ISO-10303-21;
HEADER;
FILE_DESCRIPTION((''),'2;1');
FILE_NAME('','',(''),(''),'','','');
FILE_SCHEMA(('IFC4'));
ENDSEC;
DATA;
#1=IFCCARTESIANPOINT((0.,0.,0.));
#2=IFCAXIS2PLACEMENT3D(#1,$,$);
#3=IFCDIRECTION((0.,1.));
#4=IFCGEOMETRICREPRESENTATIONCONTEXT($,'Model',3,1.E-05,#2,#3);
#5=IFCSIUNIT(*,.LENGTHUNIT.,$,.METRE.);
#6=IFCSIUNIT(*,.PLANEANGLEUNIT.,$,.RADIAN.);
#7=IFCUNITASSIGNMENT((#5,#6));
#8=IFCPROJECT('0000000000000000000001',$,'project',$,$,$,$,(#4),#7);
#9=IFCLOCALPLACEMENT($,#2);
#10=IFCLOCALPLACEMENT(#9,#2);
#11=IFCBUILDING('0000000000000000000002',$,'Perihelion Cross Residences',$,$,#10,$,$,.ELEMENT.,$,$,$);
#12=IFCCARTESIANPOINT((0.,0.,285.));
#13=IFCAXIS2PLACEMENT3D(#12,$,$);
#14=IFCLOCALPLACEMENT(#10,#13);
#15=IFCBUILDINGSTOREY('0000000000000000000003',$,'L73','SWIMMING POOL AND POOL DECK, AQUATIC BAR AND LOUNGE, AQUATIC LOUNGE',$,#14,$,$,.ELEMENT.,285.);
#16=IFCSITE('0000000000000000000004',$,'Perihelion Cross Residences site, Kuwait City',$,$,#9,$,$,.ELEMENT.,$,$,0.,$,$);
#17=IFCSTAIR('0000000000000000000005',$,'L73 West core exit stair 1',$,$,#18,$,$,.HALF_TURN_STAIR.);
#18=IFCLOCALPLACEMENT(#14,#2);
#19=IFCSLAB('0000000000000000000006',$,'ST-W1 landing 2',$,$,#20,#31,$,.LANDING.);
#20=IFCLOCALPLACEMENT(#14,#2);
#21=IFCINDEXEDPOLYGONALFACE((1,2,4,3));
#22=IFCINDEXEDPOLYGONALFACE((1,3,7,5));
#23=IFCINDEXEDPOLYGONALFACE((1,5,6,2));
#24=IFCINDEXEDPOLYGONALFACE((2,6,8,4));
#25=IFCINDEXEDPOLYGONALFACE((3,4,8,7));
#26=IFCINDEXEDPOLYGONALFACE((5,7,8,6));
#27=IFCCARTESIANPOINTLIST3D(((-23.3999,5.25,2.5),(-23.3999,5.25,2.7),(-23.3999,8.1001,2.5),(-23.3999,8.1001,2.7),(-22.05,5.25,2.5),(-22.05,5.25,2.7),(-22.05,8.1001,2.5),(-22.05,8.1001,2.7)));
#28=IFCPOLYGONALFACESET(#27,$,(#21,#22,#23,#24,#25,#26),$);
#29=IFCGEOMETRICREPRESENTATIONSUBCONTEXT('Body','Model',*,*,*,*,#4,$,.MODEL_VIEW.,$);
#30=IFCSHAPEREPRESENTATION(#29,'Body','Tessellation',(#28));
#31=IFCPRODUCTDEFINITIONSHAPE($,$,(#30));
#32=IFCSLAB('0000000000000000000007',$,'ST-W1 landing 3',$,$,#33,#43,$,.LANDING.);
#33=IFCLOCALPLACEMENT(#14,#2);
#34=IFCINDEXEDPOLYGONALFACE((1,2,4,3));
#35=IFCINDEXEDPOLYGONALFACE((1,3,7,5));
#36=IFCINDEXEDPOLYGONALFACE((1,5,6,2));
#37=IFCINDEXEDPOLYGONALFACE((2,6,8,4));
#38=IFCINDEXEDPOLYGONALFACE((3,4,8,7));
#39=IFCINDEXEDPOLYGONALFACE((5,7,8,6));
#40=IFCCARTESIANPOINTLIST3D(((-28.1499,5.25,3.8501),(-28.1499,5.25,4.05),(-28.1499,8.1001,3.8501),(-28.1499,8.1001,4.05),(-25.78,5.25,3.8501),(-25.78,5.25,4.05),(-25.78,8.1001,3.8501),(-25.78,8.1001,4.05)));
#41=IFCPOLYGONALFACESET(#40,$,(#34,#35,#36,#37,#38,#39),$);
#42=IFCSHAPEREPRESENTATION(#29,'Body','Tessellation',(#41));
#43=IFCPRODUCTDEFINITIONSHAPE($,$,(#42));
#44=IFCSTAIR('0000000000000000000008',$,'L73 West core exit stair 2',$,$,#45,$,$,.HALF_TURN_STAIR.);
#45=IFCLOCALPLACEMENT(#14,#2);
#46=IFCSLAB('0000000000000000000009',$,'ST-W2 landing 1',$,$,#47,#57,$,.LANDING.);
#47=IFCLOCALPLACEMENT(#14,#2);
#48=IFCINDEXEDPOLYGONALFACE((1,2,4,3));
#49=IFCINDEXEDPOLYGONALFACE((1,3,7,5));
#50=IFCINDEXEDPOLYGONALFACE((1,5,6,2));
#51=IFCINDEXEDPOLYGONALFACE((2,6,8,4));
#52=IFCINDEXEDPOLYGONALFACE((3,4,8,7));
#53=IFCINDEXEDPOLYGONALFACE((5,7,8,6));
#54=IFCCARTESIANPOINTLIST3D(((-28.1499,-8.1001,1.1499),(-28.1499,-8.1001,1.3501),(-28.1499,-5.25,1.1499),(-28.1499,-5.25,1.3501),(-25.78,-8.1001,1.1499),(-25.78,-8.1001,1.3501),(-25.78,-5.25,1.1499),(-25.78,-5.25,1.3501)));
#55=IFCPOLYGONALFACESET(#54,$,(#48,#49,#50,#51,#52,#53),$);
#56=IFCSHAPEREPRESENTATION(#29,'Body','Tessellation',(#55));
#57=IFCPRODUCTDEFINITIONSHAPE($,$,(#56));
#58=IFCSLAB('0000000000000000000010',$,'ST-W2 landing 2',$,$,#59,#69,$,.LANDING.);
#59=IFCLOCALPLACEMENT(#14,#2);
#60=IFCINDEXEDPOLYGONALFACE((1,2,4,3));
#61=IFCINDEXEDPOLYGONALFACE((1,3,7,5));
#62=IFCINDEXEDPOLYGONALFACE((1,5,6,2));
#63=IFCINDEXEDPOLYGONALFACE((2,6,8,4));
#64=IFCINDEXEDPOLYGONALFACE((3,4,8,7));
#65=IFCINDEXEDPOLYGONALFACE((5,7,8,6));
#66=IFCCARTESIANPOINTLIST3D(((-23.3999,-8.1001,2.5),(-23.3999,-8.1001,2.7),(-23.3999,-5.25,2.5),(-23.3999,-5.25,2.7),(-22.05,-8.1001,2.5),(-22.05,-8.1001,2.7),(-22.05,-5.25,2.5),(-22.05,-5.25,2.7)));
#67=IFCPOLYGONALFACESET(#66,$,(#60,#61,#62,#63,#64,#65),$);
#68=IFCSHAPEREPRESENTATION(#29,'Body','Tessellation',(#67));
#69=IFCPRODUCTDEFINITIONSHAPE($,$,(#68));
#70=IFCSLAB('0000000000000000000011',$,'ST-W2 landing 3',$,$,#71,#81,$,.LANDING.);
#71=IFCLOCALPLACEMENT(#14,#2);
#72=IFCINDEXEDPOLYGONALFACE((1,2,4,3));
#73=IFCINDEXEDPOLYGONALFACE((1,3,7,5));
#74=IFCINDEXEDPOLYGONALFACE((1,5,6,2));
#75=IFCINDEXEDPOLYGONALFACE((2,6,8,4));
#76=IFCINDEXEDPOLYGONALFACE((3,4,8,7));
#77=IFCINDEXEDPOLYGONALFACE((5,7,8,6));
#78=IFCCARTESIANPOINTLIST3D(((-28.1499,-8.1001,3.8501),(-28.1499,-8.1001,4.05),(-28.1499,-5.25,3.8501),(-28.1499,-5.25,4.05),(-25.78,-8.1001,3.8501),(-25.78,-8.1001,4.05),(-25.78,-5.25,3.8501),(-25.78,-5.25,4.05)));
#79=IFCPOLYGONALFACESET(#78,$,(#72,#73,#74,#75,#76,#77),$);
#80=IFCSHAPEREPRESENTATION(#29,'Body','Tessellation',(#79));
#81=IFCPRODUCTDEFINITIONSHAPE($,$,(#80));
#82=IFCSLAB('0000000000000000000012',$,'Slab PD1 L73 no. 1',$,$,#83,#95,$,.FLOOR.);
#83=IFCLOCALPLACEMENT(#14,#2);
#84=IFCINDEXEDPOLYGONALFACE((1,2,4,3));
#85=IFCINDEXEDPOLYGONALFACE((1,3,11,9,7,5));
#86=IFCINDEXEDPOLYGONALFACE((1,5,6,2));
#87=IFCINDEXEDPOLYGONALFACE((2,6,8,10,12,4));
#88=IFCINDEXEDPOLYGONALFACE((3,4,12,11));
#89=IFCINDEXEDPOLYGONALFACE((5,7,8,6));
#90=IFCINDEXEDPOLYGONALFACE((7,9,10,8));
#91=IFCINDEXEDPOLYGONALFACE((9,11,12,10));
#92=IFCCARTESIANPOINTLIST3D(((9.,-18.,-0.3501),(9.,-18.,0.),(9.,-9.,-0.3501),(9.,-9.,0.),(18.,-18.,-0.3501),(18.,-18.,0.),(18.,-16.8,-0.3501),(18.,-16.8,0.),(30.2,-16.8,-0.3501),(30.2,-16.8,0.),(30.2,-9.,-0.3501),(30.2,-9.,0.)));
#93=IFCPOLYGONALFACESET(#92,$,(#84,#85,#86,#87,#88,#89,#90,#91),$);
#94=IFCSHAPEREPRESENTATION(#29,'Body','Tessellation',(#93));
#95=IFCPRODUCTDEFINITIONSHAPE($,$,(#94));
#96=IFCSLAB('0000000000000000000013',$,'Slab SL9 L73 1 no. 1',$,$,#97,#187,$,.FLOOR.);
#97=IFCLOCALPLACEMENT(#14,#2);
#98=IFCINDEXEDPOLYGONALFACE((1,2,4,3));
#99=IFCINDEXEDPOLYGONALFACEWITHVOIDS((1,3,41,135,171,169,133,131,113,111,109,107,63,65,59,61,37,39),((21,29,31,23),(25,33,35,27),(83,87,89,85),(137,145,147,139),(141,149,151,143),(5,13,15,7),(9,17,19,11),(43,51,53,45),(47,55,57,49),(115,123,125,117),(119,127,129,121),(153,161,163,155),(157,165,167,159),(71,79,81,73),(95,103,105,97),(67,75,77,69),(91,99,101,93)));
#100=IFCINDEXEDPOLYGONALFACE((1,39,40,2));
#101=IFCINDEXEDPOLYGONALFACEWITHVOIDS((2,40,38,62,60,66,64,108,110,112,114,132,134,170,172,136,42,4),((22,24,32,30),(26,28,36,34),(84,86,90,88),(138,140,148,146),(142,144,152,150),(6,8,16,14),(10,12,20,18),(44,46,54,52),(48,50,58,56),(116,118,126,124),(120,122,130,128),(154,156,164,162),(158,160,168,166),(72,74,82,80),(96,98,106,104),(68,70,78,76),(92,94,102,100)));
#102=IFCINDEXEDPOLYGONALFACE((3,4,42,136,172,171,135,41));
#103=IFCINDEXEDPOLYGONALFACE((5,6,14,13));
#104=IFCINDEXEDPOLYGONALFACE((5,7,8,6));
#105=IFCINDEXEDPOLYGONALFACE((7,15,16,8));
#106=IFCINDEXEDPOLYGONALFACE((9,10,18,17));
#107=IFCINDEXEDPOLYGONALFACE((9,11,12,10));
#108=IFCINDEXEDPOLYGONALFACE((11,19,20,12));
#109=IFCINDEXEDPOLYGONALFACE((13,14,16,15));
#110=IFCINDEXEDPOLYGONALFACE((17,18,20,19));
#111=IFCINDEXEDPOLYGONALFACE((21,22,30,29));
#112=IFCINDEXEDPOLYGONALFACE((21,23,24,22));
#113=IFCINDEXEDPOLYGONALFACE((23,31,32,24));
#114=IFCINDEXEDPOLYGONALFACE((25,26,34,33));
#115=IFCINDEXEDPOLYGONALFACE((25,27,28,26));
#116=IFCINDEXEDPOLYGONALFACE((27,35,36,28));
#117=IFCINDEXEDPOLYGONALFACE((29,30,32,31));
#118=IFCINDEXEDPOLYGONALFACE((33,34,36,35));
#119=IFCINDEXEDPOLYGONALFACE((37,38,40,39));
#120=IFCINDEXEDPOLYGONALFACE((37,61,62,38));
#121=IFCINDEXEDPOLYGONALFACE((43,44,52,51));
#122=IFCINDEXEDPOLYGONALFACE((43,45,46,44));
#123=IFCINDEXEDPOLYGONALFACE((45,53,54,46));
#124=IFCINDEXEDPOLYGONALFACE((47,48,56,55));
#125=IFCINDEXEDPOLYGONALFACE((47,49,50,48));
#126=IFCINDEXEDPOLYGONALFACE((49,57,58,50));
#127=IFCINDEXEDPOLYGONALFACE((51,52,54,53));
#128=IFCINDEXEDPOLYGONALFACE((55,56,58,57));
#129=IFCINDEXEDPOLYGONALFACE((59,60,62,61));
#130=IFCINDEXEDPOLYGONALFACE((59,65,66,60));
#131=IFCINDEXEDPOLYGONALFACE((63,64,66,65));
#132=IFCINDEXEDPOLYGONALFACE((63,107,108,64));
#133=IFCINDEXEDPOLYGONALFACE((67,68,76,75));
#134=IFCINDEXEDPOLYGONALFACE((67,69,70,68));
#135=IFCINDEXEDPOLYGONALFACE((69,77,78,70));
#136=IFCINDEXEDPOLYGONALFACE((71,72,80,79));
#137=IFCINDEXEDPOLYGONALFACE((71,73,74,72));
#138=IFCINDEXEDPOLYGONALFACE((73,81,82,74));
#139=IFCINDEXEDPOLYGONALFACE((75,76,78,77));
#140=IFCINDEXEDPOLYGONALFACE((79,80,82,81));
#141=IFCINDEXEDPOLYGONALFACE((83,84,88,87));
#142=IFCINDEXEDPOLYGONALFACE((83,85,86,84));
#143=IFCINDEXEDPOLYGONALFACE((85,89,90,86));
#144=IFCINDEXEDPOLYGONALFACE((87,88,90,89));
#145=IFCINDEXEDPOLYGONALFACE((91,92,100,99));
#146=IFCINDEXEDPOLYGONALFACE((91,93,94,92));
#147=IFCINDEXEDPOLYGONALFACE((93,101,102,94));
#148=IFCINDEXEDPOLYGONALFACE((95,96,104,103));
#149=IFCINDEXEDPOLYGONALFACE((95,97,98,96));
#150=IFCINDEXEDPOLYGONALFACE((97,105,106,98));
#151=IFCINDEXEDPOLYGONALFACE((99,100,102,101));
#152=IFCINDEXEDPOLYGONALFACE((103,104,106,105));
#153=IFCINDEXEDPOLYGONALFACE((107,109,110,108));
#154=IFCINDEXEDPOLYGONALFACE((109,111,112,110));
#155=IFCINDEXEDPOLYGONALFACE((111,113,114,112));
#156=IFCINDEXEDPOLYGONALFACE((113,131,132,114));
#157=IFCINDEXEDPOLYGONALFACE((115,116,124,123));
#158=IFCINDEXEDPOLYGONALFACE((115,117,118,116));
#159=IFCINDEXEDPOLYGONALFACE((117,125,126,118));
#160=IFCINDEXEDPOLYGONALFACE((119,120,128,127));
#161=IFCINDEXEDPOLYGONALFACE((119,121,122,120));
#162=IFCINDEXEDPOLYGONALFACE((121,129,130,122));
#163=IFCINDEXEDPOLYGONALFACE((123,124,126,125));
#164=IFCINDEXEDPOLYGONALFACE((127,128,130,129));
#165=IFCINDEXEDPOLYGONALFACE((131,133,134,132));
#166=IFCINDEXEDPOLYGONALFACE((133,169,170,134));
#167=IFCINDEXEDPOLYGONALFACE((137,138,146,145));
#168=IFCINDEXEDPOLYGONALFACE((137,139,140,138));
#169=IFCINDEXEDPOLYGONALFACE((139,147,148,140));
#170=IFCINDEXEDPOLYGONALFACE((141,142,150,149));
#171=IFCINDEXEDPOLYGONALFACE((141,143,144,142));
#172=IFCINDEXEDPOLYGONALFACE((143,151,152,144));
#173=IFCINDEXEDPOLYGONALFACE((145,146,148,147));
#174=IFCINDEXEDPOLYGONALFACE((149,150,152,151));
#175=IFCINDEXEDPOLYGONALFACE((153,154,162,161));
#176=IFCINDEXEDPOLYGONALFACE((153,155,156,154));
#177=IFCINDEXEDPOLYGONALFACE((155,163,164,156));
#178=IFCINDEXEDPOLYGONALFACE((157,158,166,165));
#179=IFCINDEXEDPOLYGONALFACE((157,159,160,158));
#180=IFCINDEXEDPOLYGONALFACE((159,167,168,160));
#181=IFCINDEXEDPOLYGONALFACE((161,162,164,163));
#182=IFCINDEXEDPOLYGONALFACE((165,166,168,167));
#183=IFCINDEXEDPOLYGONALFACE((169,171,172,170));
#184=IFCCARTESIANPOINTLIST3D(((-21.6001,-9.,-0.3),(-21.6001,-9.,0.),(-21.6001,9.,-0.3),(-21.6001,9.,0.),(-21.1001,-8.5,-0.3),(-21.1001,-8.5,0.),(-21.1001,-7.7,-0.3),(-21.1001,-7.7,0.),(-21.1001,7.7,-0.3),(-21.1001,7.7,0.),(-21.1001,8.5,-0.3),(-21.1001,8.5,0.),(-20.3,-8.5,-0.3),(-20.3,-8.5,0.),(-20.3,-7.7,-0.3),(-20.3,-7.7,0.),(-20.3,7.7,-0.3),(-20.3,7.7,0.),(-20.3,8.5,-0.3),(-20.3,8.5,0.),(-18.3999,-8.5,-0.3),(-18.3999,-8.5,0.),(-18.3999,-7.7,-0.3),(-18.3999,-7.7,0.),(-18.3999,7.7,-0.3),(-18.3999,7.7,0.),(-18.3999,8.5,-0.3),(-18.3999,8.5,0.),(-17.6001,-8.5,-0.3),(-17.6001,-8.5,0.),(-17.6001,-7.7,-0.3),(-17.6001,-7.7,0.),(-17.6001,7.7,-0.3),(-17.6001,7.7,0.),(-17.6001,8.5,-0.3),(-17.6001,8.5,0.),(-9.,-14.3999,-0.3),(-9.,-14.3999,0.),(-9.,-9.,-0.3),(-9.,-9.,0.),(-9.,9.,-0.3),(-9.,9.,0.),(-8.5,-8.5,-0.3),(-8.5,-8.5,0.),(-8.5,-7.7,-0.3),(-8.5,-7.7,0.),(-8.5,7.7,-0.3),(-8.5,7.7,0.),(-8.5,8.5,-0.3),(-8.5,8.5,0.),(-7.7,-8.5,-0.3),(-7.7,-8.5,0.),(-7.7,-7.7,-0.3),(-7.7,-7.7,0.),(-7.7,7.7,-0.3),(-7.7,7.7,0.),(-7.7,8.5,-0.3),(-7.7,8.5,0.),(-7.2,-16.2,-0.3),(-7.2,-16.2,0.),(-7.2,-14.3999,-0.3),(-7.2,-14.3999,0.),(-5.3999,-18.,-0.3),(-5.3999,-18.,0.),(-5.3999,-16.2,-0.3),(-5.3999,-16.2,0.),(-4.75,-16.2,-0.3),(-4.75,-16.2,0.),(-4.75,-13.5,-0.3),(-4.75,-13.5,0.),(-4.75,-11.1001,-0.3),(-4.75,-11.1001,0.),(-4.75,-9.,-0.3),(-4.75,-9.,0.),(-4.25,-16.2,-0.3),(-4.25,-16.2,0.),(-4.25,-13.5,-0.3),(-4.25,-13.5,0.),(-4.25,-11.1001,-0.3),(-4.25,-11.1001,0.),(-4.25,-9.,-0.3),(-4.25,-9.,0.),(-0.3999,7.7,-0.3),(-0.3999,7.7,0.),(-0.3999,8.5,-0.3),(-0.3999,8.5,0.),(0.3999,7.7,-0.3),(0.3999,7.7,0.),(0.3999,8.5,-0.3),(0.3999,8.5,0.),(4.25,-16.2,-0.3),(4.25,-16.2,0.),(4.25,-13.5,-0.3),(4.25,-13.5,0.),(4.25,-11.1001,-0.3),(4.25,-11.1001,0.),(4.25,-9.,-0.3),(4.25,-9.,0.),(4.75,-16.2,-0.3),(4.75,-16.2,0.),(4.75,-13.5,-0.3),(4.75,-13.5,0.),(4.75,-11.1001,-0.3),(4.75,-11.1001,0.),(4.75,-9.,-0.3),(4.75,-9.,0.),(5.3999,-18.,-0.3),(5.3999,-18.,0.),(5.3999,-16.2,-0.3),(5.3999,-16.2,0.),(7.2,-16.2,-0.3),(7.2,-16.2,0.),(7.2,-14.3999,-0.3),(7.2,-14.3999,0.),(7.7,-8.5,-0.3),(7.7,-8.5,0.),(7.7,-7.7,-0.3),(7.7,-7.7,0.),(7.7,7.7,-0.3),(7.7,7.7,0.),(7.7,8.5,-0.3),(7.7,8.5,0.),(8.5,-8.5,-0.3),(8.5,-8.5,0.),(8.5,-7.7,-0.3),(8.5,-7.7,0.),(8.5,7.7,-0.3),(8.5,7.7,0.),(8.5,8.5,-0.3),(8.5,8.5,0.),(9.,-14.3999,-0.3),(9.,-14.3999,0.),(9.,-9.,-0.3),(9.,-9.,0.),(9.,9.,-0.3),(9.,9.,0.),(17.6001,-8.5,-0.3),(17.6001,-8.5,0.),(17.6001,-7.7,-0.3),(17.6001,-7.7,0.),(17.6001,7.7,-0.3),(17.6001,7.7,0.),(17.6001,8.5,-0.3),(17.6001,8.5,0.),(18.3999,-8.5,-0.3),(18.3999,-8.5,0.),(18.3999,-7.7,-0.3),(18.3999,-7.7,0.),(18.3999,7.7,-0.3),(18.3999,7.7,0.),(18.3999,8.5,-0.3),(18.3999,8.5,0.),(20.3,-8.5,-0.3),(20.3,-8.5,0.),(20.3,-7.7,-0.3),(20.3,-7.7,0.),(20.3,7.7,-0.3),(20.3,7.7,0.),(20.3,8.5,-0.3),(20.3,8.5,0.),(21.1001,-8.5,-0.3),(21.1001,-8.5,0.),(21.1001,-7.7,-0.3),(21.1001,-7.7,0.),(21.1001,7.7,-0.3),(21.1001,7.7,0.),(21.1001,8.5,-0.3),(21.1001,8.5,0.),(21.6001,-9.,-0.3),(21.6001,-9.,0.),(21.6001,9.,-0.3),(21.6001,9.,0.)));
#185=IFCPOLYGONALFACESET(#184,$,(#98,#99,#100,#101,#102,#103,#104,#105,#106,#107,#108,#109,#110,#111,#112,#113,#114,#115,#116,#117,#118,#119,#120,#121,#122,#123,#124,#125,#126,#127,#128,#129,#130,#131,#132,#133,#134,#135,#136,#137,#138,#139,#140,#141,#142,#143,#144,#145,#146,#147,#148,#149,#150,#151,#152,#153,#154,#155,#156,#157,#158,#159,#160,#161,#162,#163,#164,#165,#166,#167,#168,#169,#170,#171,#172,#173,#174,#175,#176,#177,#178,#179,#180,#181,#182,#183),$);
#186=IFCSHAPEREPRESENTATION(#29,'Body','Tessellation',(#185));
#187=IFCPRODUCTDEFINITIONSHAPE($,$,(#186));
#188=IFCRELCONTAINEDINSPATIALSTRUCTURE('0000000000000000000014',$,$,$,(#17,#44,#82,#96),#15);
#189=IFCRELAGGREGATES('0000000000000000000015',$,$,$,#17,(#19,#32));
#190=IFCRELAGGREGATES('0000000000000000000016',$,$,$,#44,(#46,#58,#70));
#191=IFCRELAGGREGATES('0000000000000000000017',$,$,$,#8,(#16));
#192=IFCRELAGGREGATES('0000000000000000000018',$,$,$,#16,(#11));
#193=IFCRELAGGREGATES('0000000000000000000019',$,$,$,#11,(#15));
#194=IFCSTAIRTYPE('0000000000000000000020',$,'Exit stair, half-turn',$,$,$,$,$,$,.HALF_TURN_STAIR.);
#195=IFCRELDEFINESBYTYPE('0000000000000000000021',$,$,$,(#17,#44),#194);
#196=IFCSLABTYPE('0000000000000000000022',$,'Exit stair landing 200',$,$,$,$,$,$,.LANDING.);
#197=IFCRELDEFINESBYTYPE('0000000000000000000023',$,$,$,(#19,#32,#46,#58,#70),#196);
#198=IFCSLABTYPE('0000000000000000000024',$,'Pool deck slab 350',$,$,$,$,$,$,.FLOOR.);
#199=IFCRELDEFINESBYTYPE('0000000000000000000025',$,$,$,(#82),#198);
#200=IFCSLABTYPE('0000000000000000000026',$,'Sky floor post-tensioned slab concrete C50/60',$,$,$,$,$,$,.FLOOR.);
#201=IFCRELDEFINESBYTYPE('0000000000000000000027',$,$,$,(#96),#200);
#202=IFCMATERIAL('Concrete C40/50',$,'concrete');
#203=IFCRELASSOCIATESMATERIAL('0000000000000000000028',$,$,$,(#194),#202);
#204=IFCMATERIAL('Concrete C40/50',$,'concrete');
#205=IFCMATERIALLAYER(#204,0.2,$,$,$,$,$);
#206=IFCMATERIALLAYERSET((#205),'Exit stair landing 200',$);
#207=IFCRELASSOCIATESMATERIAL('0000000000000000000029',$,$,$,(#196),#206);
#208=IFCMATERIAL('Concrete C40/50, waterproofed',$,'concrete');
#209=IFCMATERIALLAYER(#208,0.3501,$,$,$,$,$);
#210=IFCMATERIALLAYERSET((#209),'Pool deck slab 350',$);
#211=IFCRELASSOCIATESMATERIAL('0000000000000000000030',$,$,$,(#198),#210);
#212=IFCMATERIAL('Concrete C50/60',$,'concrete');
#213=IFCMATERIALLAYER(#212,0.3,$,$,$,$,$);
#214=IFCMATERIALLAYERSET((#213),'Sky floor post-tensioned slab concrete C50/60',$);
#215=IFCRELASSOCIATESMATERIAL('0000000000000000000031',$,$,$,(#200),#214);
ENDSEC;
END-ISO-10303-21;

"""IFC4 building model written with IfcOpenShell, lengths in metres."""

from ifc_helpers import new_model, si_unit, direction, frame, origin, place, context, subcontext, project, spatial, polyline, outline, extrude, material, layer, layer_set, type_object, element, aggregate, save


model = new_model("IFC4")

# Units and contexts
model_context = context("Model", 3, precision=1e-05, world=origin(), true_north=direction((0.0, 1.0)))
body_context = subcontext(model_context, "Body", "Model", "MODEL_VIEW")
ifc_project = project(units=[si_unit("LENGTHUNIT", "METRE"), si_unit("PLANEANGLEUNIT", "RADIAN")], contexts=[model_context])

# Site, building, storey
site_placement = place(None, origin())
site = spatial("IfcSite", under=ifc_project, at=site_placement, Name="Perihelion Cross Residences site, Kuwait City", CompositionType="ELEMENT", RefElevation=0.0)
building_placement = place(site_placement, origin())
building = spatial("IfcBuilding", under=site, at=building_placement, Name="Perihelion Cross Residences", CompositionType="ELEMENT")
storey_placement = place(building_placement, frame((0.0, 0.0, 285.0)))
storey = spatial("IfcBuildingStorey", under=building, at=storey_placement, Name="L73", Description="SWIMMING POOL AND POOL DECK, AQUATIC BAR AND LOUNGE, AQUATIC LOUNGE", CompositionType="ELEMENT", Elevation=285.0)

# Stairs, slabs
ifc_material_1 = material(Name="Concrete C40/50", Category="concrete")
stair_type = type_object("IfcStairType", Name="Exit stair, half-turn", PredefinedType="HALF_TURN_STAIR", material=ifc_material_1)
ifc_material_2 = material(Name="Concrete C40/50", Category="concrete")
ifc_layer_1 = layer(ifc_material_2, 0.2)
ifc_layer_set_1 = layer_set([ifc_layer_1], Name="Exit stair landing 200")
slab_type_1 = type_object("IfcSlabType", Name="Exit stair landing 200", PredefinedType="LANDING", material=ifc_layer_set_1)
stair_1_placement = place(storey_placement, origin())
stair_1 = element("IfcStair", 1, at=stair_1_placement, inside=storey, type_object=stair_type, Name="L73 West core exit stair 1", PredefinedType="HALF_TURN_STAIR")
slab_1_placement = place(storey_placement, frame((0.0, 0.0, 2.5)))
slab_1 = element("IfcSlab", 2, at=slab_1_placement, type_object=slab_type_1, Name="ST-W1 landing 2", PredefinedType="LANDING", context=body_context, shape_type="SweptSolid", body=[
    extrude(outline(polyline([(-22.05, 8.1001), (-23.3999, 8.1001), (-23.3999, 5.25), (-22.05, 5.25), (-22.05, 8.1001)])), origin(), (0.0, 0.0, 1.0), 0.2),
])
slab_2_placement = place(storey_placement, frame((0.0, 0.0, 3.8501)))
slab_2 = element("IfcSlab", 3, at=slab_2_placement, type_object=slab_type_1, Name="ST-W1 landing 3", PredefinedType="LANDING", context=body_context, shape_type="SweptSolid", body=[
    extrude(outline(polyline([(-25.78, 8.1001), (-28.1499, 8.1001), (-28.1499, 5.25), (-25.78, 5.25), (-25.78, 8.1001)])), origin(), (0.0, 0.0, 1.0), 0.2),
])
aggregate(stair_1, [slab_1, slab_2])
stair_2_placement = place(storey_placement, origin())
stair_2 = element("IfcStair", 4, at=stair_2_placement, inside=storey, type_object=stair_type, Name="L73 West core exit stair 2", PredefinedType="HALF_TURN_STAIR")
slab_3_placement = place(storey_placement, frame((0.0, 0.0, 1.1499)))
slab_3 = element("IfcSlab", 5, at=slab_3_placement, type_object=slab_type_1, Name="ST-W2 landing 1", PredefinedType="LANDING", context=body_context, shape_type="SweptSolid", body=[
    extrude(outline(polyline([(-25.78, -5.25), (-28.1499, -5.25), (-28.1499, -8.1001), (-25.78, -8.1001), (-25.78, -5.25)])), origin(), (0.0, 0.0, 1.0), 0.2002),
])
slab_4_placement = place(storey_placement, frame((0.0, 0.0, 2.5)))
slab_4 = element("IfcSlab", 6, at=slab_4_placement, type_object=slab_type_1, Name="ST-W2 landing 2", PredefinedType="LANDING", context=body_context, shape_type="SweptSolid", body=[
    extrude(outline(polyline([(-22.05, -5.25), (-23.3999, -5.25), (-23.3999, -8.1001), (-22.05, -8.1001), (-22.05, -5.25)])), origin(), (0.0, 0.0, 1.0), 0.2),
])
slab_5_placement = place(storey_placement, frame((0.0, 0.0, 3.8501)))
slab_5 = element("IfcSlab", 7, at=slab_5_placement, type_object=slab_type_1, Name="ST-W2 landing 3", PredefinedType="LANDING", context=body_context, shape_type="SweptSolid", body=[
    extrude(outline(polyline([(-25.78, -5.25), (-28.1499, -5.25), (-28.1499, -8.1001), (-25.78, -8.1001), (-25.78, -5.25)])), origin(), (0.0, 0.0, 1.0), 0.2),
])
aggregate(stair_2, [slab_3, slab_4, slab_5])

# Slabs
ifc_material_3 = material(Name="Concrete C40/50, waterproofed", Category="concrete")
ifc_layer_2 = layer(ifc_material_3, 0.3501)
ifc_layer_set_2 = layer_set([ifc_layer_2], Name="Pool deck slab 350")
slab_type_2 = type_object("IfcSlabType", Name="Pool deck slab 350", PredefinedType="FLOOR", material=ifc_layer_set_2)
slab_6_placement = place(storey_placement, frame((0.0, 0.0, -0.3501)))
element("IfcSlab", 8, at=slab_6_placement, inside=storey, type_object=slab_type_2, Name="Slab PD1 L73 no. 1", PredefinedType="FLOOR", context=body_context, shape_type="SweptSolid", body=[
    extrude(outline(polyline([(9.0, -9.0), (30.2, -9.0), (30.2, -16.8), (18.0, -16.8), (18.0, -18.0), (9.0, -18.0), (9.0, -9.0)])), origin(), (0.0, 0.0, 1.0), 0.3501),
])
ifc_material_4 = material(Name="Concrete C50/60", Category="concrete")
ifc_layer_3 = layer(ifc_material_4, 0.3)
ifc_layer_set_3 = layer_set([ifc_layer_3], Name="Sky floor post-tensioned slab concrete C50/60")
slab_type_3 = type_object("IfcSlabType", Name="Sky floor post-tensioned slab concrete C50/60", PredefinedType="FLOOR", material=ifc_layer_set_3)
slab_7_placement = place(storey_placement, frame((0.0, 0.0, -0.3)))
element("IfcSlab", 9, at=slab_7_placement, inside=storey, type_object=slab_type_3, Name="Slab SL9 L73 1 no. 1", PredefinedType="FLOOR", context=body_context, shape_type="SweptSolid", body=[
    extrude(outline(polyline([(-9.0, 9.0), (9.0, 9.0), (21.6001, 9.0), (21.6001, -9.0), (9.0, -9.0), (9.0, -14.3999), (7.2, -14.3999), (7.2, -16.2), (5.3999, -16.2), (5.3999, -18.0), (-5.3999, -18.0), (-5.3999, -16.2), (-7.2, -16.2), (-7.2, -14.3999), (-9.0, -14.3999), (-9.0, -9.0), (-21.6001, -9.0), (-21.6001, 9.0), (-9.0, 9.0)]), holes=[polyline([(-4.25, -13.5), (-4.75, -13.5), (-4.75, -16.2), (-4.25, -16.2), (-4.25, -13.5)]), polyline([(-4.25, -9.0), (-4.75, -9.0), (-4.75, -11.1001), (-4.25, -11.1001), (-4.25, -9.0)]), polyline([(-20.3, -7.7), (-21.1001, -7.7), (-21.1001, -8.5), (-20.3, -8.5), (-20.3, -7.7)]), polyline([(-17.6001, -7.7), (-18.3999, -7.7), (-18.3999, -8.5), (-17.6001, -8.5), (-17.6001, -7.7)]), polyline([(-7.7, -7.7), (-8.5, -7.7), (-8.5, -8.5), (-7.7, -8.5), (-7.7, -7.7)]), polyline([(-20.3, 8.5), (-21.1001, 8.5), (-21.1001, 7.7), (-20.3, 7.7), (-20.3, 8.5)]), polyline([(-17.6001, 7.7), (-17.6001, 8.5), (-18.3999, 8.5), (-18.3999, 7.7), (-17.6001, 7.7)]), polyline([(-7.7, 7.7), (-7.7, 8.5), (-8.5, 8.5), (-8.5, 7.7), (-7.7, 7.7)]), polyline([(0.3999, 8.5), (-0.3999, 8.5), (-0.3999, 7.7), (0.3999, 7.7), (0.3999, 8.5)]), polyline([(4.75, -13.5), (4.25, -13.5), (4.25, -16.2), (4.75, -16.2), (4.75, -13.5)]), polyline([(4.75, -9.0), (4.25, -9.0), (4.25, -11.1001), (4.75, -11.1001), (4.75, -9.0)]), polyline([(8.5, -8.5), (8.5, -7.7), (7.7, -7.7), (7.7, -8.5), (8.5, -8.5)]), polyline([(18.3999, -8.5), (18.3999, -7.7), (17.6001, -7.7), (17.6001, -8.5), (18.3999, -8.5)]), polyline([(21.1001, -7.7), (20.3, -7.7), (20.3, -8.5), (21.1001, -8.5), (21.1001, -7.7)]), polyline([(8.5, 8.5), (7.7, 8.5), (7.7, 7.7), (8.5, 7.7), (8.5, 8.5)]), polyline([(18.3999, 7.7), (18.3999, 8.5), (17.6001, 8.5), (17.6001, 7.7), (18.3999, 7.7)]), polyline([(21.1001, 7.7), (21.1001, 8.5), (20.3, 8.5), (20.3, 7.7), (21.1001, 7.7)])]), origin(), (0.0, 0.0, 1.0), 0.3),
])

save(model, "model.ifc")
